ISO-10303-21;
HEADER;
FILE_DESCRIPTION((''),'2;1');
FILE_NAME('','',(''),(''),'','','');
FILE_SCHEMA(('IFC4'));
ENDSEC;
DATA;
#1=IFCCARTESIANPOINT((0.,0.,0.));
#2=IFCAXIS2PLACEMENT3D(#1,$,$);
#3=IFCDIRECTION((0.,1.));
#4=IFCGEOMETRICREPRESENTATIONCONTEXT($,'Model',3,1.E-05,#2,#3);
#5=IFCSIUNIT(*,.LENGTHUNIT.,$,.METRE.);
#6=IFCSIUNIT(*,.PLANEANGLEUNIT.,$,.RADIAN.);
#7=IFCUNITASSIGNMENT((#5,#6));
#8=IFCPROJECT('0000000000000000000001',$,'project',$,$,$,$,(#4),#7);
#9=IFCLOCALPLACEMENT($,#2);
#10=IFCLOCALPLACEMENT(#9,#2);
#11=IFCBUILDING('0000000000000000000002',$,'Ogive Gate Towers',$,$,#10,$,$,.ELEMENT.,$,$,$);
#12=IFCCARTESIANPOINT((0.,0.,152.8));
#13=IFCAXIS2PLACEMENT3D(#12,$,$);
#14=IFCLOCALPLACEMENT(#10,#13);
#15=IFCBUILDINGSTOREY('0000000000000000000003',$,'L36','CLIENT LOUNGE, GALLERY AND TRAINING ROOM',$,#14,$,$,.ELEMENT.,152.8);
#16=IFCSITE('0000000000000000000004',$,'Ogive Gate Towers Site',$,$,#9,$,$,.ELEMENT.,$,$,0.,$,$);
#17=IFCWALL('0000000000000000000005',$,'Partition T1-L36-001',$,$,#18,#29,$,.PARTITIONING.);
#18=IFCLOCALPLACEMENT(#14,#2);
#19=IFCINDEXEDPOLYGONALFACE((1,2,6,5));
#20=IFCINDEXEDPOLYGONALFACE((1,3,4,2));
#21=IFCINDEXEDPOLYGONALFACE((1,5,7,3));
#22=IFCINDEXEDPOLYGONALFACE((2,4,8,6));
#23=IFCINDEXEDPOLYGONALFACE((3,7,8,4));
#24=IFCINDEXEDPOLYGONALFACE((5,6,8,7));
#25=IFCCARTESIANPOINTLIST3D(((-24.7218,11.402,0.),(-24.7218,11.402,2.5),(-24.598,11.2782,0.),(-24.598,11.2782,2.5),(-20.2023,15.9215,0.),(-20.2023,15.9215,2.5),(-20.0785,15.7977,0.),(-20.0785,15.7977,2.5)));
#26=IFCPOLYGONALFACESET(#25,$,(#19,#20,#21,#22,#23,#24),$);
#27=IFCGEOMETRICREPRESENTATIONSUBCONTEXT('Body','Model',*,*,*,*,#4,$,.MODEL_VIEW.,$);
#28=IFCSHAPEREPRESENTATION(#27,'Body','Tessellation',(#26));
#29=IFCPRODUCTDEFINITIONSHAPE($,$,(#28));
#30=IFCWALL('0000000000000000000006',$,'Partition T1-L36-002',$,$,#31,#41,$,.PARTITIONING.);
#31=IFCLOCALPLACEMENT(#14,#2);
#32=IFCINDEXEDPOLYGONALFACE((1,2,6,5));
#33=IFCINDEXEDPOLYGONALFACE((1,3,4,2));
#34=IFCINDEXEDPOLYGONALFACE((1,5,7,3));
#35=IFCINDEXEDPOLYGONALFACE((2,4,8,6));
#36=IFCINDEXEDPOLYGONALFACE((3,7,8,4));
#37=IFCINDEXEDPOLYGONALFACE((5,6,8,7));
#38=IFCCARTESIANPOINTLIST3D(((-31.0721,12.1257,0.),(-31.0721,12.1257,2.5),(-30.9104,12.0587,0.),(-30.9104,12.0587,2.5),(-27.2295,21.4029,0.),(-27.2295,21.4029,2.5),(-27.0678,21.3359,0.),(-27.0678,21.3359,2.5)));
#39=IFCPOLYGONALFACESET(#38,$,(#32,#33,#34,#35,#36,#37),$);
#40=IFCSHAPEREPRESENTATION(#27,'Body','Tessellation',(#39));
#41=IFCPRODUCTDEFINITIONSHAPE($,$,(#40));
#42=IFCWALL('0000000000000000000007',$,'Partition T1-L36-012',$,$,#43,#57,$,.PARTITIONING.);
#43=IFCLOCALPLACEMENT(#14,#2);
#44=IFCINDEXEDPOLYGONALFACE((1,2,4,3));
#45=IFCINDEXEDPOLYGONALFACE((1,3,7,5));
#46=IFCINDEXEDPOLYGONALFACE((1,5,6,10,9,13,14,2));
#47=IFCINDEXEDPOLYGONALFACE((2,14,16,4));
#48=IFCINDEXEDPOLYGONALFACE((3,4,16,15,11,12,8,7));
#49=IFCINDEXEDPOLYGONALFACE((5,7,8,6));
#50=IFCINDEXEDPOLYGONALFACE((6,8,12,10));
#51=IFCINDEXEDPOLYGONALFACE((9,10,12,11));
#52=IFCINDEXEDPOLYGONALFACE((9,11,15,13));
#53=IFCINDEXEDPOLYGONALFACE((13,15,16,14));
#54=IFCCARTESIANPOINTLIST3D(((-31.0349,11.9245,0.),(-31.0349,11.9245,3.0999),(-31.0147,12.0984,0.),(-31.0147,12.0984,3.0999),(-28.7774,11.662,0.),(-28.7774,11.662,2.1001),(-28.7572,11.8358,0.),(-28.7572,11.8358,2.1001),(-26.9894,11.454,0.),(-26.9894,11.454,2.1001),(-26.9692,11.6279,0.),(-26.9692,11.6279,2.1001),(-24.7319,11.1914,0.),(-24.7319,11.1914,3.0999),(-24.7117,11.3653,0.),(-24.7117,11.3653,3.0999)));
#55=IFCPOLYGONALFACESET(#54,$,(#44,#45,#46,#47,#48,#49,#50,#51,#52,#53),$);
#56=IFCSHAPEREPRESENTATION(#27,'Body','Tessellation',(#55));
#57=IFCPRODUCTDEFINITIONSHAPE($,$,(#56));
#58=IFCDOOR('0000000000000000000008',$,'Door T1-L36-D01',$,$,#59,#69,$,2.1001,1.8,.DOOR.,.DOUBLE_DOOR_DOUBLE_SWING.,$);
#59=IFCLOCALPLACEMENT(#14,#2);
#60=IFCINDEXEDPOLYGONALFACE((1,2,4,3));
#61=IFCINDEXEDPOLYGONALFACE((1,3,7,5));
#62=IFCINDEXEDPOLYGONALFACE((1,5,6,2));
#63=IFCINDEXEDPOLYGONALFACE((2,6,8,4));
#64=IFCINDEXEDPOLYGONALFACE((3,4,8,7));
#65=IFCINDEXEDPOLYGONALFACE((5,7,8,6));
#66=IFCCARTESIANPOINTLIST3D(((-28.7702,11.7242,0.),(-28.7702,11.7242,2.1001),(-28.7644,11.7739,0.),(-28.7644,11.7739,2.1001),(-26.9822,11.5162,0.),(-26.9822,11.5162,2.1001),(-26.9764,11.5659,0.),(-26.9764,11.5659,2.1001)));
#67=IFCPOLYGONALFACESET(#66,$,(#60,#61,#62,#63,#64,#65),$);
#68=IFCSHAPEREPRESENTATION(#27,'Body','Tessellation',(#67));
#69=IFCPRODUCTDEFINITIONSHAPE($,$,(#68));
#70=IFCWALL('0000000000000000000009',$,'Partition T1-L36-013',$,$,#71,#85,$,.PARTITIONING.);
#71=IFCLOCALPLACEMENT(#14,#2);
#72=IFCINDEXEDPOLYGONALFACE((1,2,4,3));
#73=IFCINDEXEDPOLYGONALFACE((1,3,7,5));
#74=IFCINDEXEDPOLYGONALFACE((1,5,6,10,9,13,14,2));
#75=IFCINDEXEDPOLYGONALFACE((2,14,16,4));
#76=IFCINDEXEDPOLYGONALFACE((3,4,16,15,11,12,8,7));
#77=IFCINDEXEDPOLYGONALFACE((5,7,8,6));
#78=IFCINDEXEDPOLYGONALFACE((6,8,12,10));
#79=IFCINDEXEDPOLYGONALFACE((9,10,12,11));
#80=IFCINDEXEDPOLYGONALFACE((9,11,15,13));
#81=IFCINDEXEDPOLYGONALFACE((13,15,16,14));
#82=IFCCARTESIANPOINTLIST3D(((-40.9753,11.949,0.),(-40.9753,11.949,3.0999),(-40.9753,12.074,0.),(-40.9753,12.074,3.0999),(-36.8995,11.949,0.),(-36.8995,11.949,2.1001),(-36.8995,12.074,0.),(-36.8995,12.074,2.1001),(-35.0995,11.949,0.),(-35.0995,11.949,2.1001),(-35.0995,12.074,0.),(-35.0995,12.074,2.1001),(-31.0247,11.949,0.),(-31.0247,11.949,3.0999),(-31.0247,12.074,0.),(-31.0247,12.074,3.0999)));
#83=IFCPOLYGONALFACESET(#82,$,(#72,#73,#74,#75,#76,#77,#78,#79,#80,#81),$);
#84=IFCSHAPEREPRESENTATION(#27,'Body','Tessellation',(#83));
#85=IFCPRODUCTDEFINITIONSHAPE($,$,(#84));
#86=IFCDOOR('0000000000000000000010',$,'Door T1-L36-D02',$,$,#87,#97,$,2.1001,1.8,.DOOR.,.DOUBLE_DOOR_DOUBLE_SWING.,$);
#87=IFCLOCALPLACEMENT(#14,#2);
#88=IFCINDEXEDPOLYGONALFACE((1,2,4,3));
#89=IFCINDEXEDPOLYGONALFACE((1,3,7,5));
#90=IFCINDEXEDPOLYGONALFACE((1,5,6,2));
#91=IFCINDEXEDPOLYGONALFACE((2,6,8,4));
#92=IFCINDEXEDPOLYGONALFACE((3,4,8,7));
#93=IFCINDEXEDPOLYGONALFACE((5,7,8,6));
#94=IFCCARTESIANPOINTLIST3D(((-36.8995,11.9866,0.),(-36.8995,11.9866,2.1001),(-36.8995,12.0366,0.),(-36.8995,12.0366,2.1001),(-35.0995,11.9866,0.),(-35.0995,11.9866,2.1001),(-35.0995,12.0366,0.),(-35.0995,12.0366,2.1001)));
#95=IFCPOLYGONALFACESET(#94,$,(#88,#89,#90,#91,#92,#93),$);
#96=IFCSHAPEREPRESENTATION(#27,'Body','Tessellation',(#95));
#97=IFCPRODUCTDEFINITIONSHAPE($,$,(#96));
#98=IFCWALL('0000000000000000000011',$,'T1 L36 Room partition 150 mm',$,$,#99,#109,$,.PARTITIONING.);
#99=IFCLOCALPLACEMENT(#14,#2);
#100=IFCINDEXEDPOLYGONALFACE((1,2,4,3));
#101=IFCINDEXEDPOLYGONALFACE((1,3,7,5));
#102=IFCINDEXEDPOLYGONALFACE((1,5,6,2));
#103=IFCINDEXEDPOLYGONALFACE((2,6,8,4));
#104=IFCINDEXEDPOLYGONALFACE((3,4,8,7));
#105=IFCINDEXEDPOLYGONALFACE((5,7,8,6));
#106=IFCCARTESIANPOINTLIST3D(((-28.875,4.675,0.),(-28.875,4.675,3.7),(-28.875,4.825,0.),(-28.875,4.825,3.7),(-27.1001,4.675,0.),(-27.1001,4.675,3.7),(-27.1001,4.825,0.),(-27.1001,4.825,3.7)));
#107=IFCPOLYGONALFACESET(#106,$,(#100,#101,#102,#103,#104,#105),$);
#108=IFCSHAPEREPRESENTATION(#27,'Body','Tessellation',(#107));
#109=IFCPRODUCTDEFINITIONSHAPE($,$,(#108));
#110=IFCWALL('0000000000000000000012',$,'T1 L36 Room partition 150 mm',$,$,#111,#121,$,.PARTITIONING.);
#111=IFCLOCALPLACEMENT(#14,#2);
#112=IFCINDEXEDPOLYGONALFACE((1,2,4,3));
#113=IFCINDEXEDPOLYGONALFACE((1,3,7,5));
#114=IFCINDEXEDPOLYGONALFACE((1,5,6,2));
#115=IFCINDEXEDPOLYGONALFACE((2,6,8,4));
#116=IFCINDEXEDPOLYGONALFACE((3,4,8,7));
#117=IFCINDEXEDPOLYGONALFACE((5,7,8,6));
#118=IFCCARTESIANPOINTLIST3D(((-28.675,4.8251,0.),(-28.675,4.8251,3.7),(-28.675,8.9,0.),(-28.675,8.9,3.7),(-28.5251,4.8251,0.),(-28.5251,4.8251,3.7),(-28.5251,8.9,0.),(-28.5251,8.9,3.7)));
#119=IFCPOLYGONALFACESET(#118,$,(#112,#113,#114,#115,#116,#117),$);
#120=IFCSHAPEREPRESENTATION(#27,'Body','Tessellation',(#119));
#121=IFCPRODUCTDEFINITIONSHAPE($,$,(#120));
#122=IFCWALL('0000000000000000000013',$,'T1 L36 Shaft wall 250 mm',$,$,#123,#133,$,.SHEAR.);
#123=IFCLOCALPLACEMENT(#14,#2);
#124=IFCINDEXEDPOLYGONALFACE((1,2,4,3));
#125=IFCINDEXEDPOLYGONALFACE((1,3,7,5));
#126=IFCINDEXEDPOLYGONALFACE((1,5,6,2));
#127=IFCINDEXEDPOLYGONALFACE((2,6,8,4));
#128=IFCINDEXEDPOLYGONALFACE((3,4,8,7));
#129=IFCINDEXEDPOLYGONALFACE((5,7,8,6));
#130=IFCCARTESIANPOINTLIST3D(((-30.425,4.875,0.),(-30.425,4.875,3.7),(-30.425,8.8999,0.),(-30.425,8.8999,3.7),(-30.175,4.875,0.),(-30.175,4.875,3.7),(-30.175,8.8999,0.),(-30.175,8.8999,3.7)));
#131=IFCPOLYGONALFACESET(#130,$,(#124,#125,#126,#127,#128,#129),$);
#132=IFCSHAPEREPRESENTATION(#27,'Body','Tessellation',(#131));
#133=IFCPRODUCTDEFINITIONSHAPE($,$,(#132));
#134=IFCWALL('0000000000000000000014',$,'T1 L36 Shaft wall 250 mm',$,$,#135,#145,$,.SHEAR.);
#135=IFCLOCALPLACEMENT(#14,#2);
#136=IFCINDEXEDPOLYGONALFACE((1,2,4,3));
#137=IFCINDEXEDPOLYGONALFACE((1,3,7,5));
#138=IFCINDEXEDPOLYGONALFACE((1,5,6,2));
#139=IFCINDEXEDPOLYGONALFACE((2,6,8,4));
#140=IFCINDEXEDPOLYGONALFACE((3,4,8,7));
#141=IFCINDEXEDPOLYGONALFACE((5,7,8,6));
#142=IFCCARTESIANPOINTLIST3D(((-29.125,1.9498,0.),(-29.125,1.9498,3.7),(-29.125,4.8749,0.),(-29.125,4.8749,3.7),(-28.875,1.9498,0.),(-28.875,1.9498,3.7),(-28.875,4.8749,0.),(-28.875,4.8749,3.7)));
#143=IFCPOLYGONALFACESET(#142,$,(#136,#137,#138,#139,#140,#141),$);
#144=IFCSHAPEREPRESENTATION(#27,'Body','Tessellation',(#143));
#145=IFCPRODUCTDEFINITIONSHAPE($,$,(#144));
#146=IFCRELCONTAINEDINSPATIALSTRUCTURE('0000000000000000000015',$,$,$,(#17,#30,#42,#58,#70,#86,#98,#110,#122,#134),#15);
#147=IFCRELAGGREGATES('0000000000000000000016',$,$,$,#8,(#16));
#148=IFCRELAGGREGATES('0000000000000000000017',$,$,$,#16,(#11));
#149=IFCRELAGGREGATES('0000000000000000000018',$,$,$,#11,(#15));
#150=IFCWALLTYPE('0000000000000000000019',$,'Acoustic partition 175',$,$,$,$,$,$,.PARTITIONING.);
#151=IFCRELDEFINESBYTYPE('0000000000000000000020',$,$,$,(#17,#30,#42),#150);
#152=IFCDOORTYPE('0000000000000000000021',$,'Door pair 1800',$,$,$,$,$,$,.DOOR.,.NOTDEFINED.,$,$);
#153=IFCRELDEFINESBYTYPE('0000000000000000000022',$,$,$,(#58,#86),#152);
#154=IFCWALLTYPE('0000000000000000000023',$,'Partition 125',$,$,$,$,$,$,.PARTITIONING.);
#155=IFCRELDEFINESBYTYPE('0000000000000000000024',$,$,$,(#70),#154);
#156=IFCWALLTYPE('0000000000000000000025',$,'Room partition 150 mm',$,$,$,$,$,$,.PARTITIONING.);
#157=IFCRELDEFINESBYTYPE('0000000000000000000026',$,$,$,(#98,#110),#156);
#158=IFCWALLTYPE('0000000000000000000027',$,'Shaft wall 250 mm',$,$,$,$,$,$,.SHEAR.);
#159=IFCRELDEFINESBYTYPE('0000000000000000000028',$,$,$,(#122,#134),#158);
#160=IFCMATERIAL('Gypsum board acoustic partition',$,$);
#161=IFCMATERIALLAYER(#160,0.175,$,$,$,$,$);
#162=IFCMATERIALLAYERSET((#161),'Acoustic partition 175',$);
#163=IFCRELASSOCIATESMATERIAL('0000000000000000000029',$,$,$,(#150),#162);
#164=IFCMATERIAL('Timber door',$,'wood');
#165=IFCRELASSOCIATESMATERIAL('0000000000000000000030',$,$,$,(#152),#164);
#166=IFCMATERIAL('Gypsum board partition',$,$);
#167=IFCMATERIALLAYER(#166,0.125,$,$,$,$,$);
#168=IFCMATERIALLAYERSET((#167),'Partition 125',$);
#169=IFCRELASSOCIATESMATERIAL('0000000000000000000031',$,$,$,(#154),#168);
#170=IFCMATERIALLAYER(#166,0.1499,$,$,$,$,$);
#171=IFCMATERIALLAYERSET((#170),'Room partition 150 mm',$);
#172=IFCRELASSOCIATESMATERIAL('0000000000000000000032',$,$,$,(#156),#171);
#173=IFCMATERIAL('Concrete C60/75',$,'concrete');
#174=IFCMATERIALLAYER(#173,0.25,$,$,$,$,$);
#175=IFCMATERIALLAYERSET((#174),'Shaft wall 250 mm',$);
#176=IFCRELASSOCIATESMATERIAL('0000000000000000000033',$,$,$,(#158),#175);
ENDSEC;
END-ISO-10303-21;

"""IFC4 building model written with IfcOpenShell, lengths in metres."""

from ifc_helpers import new_model, si_unit, direction, frame, frame_2d, origin, place, context, subcontext, project, spatial, rectangle, extrude, material, layer, layer_set, type_object, element, fill, save


model = new_model("IFC4")

# Units and contexts
model_context = context("Model", 3, precision=1e-05, world=origin(), true_north=direction((0.0, 1.0)))
body_context = subcontext(model_context, "Body", "Model", "MODEL_VIEW")
ifc_project = project(units=[si_unit("LENGTHUNIT", "METRE"), si_unit("PLANEANGLEUNIT", "RADIAN")], contexts=[model_context])

# Site, building, storey
site_placement = place(None, origin())
site = spatial("IfcSite", under=ifc_project, at=site_placement, Name="Ogive Gate Towers Site", CompositionType="ELEMENT", RefElevation=0.0)
building_placement = place(site_placement, origin())
building = spatial("IfcBuilding", under=site, at=building_placement, Name="Ogive Gate Towers", CompositionType="ELEMENT")
storey_placement = place(building_placement, frame((0.0, 0.0, 152.8)))
storey = spatial("IfcBuildingStorey", under=building, at=storey_placement, Name="L36", Description="CLIENT LOUNGE, GALLERY AND TRAINING ROOM", CompositionType="ELEMENT", Elevation=152.8)

# Walls
ifc_material_1 = material(Name="Gypsum board acoustic partition")
ifc_layer_1 = layer(ifc_material_1, 0.175)
ifc_layer_set_1 = layer_set([ifc_layer_1], Name="Acoustic partition 175")
wall_type_1 = type_object("IfcWallType", Name="Acoustic partition 175", PredefinedType="PARTITIONING", material=ifc_layer_set_1)
wall_1_placement = place(storey_placement, frame((-20.1404, 15.8596, 0.0), z_axis=(0.0, 0.0, 1.0), x_axis=(-0.707107, -0.707107, 0.0)))
element("IfcWall", 1, at=wall_1_placement, inside=storey, type_object=wall_type_1, Name="Partition T1-L36-001", PredefinedType="PARTITIONING", context=body_context, shape_type="SweptSolid", body=[
    extrude(rectangle(XDim=6.3916, YDim=0.175, at=frame_2d((3.1958, 0.0))), origin(), (0.0, 0.0, 1.0), 2.5),
])
wall_2_placement = place(storey_placement, frame((-27.1487, 21.3694, 0.0), z_axis=(0.0, 0.0, 1.0), x_axis=(-0.382669, -0.923886, 0.0)))
element("IfcWall", 2, at=wall_2_placement, inside=storey, type_object=wall_type_1, Name="Partition T1-L36-002", PredefinedType="PARTITIONING", context=body_context, shape_type="SweptSolid", body=[
    extrude(rectangle(XDim=10.0415, YDim=0.175, at=frame_2d((5.0208, 0.0))), origin(), (0.0, 0.0, 1.0), 2.5),
])

# Walls, openings, doors
wall_3_placement = place(storey_placement, frame((-24.7217, 11.2783, 0.0), z_axis=(0.0, 0.0, 1.0), x_axis=(-0.993303, 0.11554, 0.0)))
wall_3 = element("IfcWall", 3, at=wall_3_placement, inside=storey, type_object=wall_type_1, Name="Partition T1-L36-012", PredefinedType="PARTITIONING", context=body_context, shape_type="SweptSolid", body=[
    extrude(rectangle(XDim=6.3455, YDim=0.175, at=frame_2d((3.1729, 0.0))), origin(), (0.0, 0.0, 1.0), 3.0999),
])
opening_1_placement = place(wall_3_placement, frame((2.2729, 0.0, 0.0)))
opening_1 = element("IfcOpeningElement", 4, at=opening_1_placement, cuts=wall_3, PredefinedType="OPENING", context=body_context, shape_type="SweptSolid", body=[
    extrude(rectangle(XDim=1.8, YDim=2.1001, at=frame_2d((0.8999, 1.05))), frame((0.0, 0.0977, 0.0), z_axis=(0.0, -1.0, 0.0), x_axis=(1.0, 0.0, 0.0)), (0.0, 0.0, 1.0), 0.1951),
])
ifc_material_2 = material(Name="Timber door", Category="wood")
door_type = type_object("IfcDoorType", Name="Door pair 1800", OperationType="NOTDEFINED", PredefinedType="DOOR", material=ifc_material_2)
door_1_placement = place(opening_1_placement, origin())
door_1 = element("IfcDoor", 5, at=door_1_placement, inside=storey, type_object=door_type, Name="Door T1-L36-D01", OperationType="DOUBLE_DOOR_DOUBLE_SWING", OverallHeight=2.1001, OverallWidth=1.8, PredefinedType="DOOR", context=body_context, shape_type="SweptSolid", body=[
    extrude(rectangle(XDim=1.8, YDim=2.1001, at=frame_2d((0.8999, 1.05))), frame((0.0, 0.0249, 0.0), z_axis=(0.0, -1.0, 0.0), x_axis=(1.0, 0.0, 0.0)), (0.0, 0.0, 1.0), 0.05),
])
fill(opening_1, door_1)
ifc_material_3 = material(Name="Gypsum board partition")
ifc_layer_2 = layer(ifc_material_3, 0.125)
ifc_layer_set_2 = layer_set([ifc_layer_2], Name="Partition 125")
wall_type_2 = type_object("IfcWallType", Name="Partition 125", PredefinedType="PARTITIONING", material=ifc_layer_set_2)
wall_4_placement = place(storey_placement, frame((-31.0247, 12.0115, 0.0), z_axis=(0.0, 0.0, 1.0), x_axis=(-1.0, 0.0, 0.0)))
wall_4 = element("IfcWall", 6, at=wall_4_placement, inside=storey, type_object=wall_type_2, Name="Partition T1-L36-013", PredefinedType="PARTITIONING", context=body_context, shape_type="SweptSolid", body=[
    extrude(rectangle(XDim=9.9507, YDim=0.125, at=frame_2d((4.9753, 0.0))), origin(), (0.0, 0.0, 1.0), 3.0999),
])
opening_2_placement = place(wall_4_placement, frame((4.075, 0.0, 0.0)))
opening_2 = element("IfcOpeningElement", 7, at=opening_2_placement, cuts=wall_4, PredefinedType="OPENING", context=body_context, shape_type="SweptSolid", body=[
    extrude(rectangle(XDim=1.8, YDim=2.1001, at=frame_2d((0.8999, 1.05))), frame((0.0, 0.0725, 0.0), z_axis=(0.0, -1.0, 0.0), x_axis=(1.0, 0.0, 0.0)), (0.0, 0.0, 1.0), 0.145),
])
door_2_placement = place(opening_2_placement, origin())
door_2 = element("IfcDoor", 8, at=door_2_placement, inside=storey, type_object=door_type, Name="Door T1-L36-D02", OperationType="DOUBLE_DOOR_DOUBLE_SWING", OverallHeight=2.1001, OverallWidth=1.8, PredefinedType="DOOR", context=body_context, shape_type="SweptSolid", body=[
    extrude(rectangle(XDim=1.8, YDim=2.1001, at=frame_2d((0.8999, 1.05))), frame((0.0, 0.0249, 0.0), z_axis=(0.0, -1.0, 0.0), x_axis=(1.0, 0.0, 0.0)), (0.0, 0.0, 1.0), 0.05),
])
fill(opening_2, door_2)

# Walls
ifc_layer_3 = layer(ifc_material_3, 0.1499)
ifc_layer_set_3 = layer_set([ifc_layer_3], Name="Room partition 150 mm")
wall_type_3 = type_object("IfcWallType", Name="Room partition 150 mm", PredefinedType="PARTITIONING", material=ifc_layer_set_3)
wall_5_placement = place(storey_placement, frame((-28.875, 4.75, 0.0), z_axis=(0.0, 0.0, 1.0), x_axis=(1.0, 0.0, 0.0)))
element("IfcWall", 9, at=wall_5_placement, inside=storey, type_object=wall_type_3, Name="T1 L36 Room partition 150 mm", PredefinedType="PARTITIONING", context=body_context, shape_type="SweptSolid", body=[
    extrude(rectangle(XDim=1.7749, YDim=0.1499, at=frame_2d((0.8875, 0.0))), origin(), (0.0, 0.0, 1.0), 3.7),
])
wall_6_placement = place(storey_placement, frame((-28.6001, 4.825, 0.0), z_axis=(0.0, 0.0, 1.0), x_axis=(0.0, 1.0, 0.0)))
element("IfcWall", 10, at=wall_6_placement, inside=storey, type_object=wall_type_3, Name="T1 L36 Room partition 150 mm", PredefinedType="PARTITIONING", context=body_context, shape_type="SweptSolid", body=[
    extrude(rectangle(XDim=4.075, YDim=0.1499, at=frame_2d((2.0376, 0.0))), origin(), (0.0, 0.0, 1.0), 3.7),
])
ifc_material_4 = material(Name="Concrete C60/75", Category="concrete")
ifc_layer_4 = layer(ifc_material_4, 0.25)
ifc_layer_set_4 = layer_set([ifc_layer_4], Name="Shaft wall 250 mm")
wall_type_4 = type_object("IfcWallType", Name="Shaft wall 250 mm", PredefinedType="SHEAR", material=ifc_layer_set_4)
wall_7_placement = place(storey_placement, frame((-30.3, 4.875, 0.0), z_axis=(0.0, 0.0, 1.0), x_axis=(0.0, 1.0, 0.0)))
element("IfcWall", 11, at=wall_7_placement, inside=storey, type_object=wall_type_4, Name="T1 L36 Shaft wall 250 mm", PredefinedType="SHEAR", context=body_context, shape_type="SweptSolid", body=[
    extrude(rectangle(XDim=4.0249, YDim=0.25, at=frame_2d((2.0125, 0.0))), origin(), (0.0, 0.0, 1.0), 3.7),
])
wall_8_placement = place(storey_placement, frame((-29.0, 1.95, 0.0), z_axis=(0.0, 0.0, 1.0), x_axis=(0.0, 1.0, 0.0)))
element("IfcWall", 12, at=wall_8_placement, inside=storey, type_object=wall_type_4, Name="T1 L36 Shaft wall 250 mm", PredefinedType="SHEAR", context=body_context, shape_type="SweptSolid", body=[
    extrude(rectangle(XDim=2.925, YDim=0.25, at=frame_2d((1.4624, 0.0))), origin(), (0.0, 0.0, 1.0), 3.7),
])

save(model, "model.ifc")
